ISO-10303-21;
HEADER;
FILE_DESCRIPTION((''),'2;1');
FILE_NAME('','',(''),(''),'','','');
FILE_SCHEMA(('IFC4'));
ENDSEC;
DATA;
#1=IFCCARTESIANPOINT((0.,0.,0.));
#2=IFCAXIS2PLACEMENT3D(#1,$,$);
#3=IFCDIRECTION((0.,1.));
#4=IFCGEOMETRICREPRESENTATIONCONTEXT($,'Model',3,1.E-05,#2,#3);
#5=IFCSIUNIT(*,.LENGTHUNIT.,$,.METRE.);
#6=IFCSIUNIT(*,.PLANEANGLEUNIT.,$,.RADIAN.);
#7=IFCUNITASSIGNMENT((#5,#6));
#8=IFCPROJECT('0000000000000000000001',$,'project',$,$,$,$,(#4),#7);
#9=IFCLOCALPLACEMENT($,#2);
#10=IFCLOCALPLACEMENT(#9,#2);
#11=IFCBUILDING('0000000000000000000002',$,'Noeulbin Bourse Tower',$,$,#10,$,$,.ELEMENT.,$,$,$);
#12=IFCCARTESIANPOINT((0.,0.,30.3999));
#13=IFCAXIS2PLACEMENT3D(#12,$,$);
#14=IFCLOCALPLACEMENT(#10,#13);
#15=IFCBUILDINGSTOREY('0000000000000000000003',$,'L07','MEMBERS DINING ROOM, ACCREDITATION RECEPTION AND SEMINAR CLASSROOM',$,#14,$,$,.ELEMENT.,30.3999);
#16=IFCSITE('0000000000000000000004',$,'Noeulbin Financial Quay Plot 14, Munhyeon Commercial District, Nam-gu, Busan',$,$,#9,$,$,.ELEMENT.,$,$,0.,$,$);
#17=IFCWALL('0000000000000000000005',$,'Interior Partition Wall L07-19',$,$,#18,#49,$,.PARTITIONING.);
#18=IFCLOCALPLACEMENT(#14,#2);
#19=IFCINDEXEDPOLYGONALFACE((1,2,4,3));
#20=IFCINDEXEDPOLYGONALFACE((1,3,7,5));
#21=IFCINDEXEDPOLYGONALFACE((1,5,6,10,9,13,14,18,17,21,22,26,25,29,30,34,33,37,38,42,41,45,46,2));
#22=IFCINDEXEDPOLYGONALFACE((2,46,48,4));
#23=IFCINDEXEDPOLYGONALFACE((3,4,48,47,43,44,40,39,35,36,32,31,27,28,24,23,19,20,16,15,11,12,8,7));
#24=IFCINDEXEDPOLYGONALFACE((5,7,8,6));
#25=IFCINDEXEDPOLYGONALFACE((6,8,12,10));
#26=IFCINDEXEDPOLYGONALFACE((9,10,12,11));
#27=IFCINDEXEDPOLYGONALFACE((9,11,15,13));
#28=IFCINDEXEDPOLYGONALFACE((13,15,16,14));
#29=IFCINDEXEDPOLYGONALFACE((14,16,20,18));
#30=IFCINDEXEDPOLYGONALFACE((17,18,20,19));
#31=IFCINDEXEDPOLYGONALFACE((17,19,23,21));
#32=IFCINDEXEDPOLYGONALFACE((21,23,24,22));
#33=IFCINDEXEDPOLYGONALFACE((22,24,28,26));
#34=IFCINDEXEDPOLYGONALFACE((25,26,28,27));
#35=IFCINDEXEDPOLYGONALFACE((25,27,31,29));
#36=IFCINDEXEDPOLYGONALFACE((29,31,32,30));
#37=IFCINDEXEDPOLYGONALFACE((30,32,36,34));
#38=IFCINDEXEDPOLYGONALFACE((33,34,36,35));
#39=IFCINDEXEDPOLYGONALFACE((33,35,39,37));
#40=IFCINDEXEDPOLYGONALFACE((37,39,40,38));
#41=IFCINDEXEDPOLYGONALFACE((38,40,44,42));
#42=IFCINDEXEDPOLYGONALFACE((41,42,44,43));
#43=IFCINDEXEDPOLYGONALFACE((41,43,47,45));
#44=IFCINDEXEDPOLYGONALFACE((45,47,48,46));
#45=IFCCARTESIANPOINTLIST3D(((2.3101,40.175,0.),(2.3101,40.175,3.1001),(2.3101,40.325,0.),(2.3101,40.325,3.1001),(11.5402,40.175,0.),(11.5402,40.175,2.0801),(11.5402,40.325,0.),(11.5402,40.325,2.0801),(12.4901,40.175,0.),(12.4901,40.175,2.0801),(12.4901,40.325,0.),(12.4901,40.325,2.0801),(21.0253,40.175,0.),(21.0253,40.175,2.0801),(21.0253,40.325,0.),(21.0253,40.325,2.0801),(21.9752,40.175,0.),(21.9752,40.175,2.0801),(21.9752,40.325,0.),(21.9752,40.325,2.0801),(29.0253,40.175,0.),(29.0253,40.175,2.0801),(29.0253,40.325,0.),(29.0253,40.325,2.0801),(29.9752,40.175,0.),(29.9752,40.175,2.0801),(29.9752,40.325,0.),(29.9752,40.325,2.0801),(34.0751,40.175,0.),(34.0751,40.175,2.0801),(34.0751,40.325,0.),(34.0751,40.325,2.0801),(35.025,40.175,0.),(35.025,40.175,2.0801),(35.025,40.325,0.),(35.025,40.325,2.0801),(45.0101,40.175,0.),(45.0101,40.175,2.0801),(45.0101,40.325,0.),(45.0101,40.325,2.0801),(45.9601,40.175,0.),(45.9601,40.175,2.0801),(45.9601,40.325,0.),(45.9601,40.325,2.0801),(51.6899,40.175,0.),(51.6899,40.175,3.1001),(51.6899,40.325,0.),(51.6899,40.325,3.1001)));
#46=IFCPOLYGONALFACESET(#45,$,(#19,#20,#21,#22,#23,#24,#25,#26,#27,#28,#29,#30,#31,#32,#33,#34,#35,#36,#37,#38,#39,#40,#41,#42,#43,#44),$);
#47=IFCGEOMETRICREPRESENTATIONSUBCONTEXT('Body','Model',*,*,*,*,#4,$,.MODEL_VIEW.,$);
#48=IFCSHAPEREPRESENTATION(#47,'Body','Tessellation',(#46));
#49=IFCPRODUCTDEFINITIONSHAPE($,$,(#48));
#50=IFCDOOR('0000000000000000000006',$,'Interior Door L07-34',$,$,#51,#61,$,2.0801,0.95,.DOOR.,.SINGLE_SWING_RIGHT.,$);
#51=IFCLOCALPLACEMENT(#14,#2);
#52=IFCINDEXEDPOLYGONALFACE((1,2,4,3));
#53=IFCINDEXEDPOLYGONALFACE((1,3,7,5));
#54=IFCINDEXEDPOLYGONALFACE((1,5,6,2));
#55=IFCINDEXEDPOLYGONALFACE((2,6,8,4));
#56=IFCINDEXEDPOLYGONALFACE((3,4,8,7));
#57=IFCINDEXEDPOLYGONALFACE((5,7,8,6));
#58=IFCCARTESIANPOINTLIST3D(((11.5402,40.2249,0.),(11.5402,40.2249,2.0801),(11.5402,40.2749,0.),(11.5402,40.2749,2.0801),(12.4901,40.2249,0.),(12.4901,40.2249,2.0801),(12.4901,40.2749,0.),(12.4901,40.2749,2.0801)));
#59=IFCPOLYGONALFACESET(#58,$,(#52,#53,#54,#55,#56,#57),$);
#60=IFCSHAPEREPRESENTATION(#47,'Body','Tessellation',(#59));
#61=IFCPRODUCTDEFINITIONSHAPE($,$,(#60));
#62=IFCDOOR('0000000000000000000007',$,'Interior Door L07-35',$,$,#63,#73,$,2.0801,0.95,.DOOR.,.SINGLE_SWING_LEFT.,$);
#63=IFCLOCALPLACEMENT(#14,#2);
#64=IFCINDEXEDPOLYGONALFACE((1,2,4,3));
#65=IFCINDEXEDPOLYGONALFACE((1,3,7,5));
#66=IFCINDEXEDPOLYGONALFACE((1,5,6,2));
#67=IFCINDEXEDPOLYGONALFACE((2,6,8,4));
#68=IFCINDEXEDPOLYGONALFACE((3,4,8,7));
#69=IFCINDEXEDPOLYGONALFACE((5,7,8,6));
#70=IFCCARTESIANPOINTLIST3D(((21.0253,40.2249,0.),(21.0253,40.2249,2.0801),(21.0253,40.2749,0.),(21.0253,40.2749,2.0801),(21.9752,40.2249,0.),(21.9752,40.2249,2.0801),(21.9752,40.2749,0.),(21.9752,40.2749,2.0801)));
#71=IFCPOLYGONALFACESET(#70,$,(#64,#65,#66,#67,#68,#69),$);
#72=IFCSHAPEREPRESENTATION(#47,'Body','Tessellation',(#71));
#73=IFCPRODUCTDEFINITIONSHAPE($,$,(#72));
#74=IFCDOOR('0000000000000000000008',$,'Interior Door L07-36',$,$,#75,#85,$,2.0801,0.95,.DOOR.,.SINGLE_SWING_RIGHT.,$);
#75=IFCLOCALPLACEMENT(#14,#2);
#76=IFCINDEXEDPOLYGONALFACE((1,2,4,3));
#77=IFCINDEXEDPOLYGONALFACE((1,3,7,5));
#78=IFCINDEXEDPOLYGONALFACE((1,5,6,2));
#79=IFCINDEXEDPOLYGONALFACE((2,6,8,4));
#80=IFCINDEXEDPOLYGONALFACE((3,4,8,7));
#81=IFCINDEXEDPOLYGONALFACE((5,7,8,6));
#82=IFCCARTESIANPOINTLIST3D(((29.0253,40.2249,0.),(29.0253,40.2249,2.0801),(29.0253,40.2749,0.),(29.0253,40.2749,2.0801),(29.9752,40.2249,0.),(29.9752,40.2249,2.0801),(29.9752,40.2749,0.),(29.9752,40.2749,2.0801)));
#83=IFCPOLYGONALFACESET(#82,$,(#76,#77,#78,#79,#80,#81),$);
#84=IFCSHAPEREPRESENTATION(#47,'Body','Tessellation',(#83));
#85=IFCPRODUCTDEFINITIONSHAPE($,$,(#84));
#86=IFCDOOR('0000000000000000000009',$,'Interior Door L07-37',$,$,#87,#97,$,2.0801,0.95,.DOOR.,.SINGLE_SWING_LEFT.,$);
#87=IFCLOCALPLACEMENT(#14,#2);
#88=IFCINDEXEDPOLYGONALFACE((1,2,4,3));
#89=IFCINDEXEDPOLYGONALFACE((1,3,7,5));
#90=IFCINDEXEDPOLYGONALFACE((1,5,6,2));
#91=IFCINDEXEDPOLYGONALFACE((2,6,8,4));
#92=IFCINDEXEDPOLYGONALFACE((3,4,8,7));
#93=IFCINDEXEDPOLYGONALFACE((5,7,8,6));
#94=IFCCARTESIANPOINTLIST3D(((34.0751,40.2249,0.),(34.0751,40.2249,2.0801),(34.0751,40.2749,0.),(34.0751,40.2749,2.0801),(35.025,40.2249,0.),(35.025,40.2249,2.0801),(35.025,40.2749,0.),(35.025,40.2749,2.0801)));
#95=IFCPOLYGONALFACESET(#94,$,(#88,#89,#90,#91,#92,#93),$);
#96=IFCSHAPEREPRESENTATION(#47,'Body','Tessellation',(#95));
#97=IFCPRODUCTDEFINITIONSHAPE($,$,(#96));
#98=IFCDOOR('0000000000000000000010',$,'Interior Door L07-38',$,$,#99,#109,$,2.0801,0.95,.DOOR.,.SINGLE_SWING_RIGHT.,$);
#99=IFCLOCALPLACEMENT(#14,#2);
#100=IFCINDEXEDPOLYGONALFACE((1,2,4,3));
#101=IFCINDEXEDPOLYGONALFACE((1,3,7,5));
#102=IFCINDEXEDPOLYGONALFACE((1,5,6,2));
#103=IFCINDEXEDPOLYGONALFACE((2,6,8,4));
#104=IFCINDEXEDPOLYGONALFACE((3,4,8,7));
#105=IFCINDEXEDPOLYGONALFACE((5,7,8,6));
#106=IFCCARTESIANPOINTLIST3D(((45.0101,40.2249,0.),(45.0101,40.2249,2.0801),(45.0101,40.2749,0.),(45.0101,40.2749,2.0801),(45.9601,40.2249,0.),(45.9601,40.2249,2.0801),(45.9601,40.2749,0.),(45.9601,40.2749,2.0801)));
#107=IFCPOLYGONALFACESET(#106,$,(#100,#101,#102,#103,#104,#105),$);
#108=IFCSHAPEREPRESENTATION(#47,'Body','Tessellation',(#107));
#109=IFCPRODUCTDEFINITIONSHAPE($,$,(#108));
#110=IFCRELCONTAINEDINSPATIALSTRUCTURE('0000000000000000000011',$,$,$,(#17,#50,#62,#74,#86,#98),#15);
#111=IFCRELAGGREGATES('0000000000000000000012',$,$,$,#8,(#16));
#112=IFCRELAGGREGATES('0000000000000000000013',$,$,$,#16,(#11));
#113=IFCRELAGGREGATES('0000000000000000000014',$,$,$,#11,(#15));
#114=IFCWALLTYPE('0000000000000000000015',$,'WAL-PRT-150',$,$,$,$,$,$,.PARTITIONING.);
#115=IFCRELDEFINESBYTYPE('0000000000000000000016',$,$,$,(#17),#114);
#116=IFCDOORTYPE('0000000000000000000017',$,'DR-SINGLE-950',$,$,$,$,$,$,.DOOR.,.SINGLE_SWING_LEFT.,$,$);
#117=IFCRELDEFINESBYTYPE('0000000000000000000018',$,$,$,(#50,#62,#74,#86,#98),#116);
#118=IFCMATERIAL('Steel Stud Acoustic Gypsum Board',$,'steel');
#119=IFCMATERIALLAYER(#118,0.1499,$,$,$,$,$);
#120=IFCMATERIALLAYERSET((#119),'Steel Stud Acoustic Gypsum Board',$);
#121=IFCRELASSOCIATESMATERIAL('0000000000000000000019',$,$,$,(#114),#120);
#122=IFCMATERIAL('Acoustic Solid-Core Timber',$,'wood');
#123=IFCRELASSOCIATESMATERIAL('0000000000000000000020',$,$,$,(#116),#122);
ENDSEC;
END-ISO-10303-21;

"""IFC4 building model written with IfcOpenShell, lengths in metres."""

from ifc_helpers import new_model, si_unit, direction, frame, frame_2d, origin, place, context, subcontext, project, spatial, rectangle, extrude, material, layer, layer_set, type_object, element, fill, save


model = new_model("IFC4")

# Units and contexts
model_context = context("Model", 3, precision=1e-05, world=origin(), true_north=direction((0.0, 1.0)))
body_context = subcontext(model_context, "Body", "Model", "MODEL_VIEW")
ifc_project = project(units=[si_unit("LENGTHUNIT", "METRE"), si_unit("PLANEANGLEUNIT", "RADIAN")], contexts=[model_context])

# Site, building, storey
site_placement = place(None, origin())
site = spatial("IfcSite", under=ifc_project, at=site_placement, Name="Noeulbin Financial Quay Plot 14, Munhyeon Commercial District, Nam-gu, Busan", CompositionType="ELEMENT", RefElevation=0.0)
building_placement = place(site_placement, origin())
building = spatial("IfcBuilding", under=site, at=building_placement, Name="Noeulbin Bourse Tower", CompositionType="ELEMENT")
storey_placement = place(building_placement, frame((0.0, 0.0, 30.3999)))
storey = spatial("IfcBuildingStorey", under=building, at=storey_placement, Name="L07", Description="MEMBERS DINING ROOM, ACCREDITATION RECEPTION AND SEMINAR CLASSROOM", CompositionType="ELEMENT", Elevation=30.3999)

# Wall, openings, doors
ifc_material_1 = material(Name="Steel Stud Acoustic Gypsum Board", Category="steel")
ifc_layer_1 = layer(ifc_material_1, 0.1499)
ifc_layer_set_1 = layer_set([ifc_layer_1], Name="Steel Stud Acoustic Gypsum Board")
wall_type_1 = type_object("IfcWallType", Name="WAL-PRT-150", PredefinedType="PARTITIONING", material=ifc_layer_set_1)
wall_1_placement = place(storey_placement, frame((2.3101, 40.25, 0.0), z_axis=(0.0, 0.0, 1.0), x_axis=(1.0, 0.0, 0.0)))
wall_1 = element("IfcWall", 1, at=wall_1_placement, inside=storey, type_object=wall_type_1, Name="Interior Partition Wall L07-19", PredefinedType="PARTITIONING", context=body_context, shape_type="SweptSolid", body=[
    extrude(rectangle(XDim=49.3799, YDim=0.1499, at=frame_2d((24.6899, 0.0))), origin(), (0.0, 0.0, 1.0), 3.1001),
])
opening_1_placement = place(wall_1_placement, frame((9.23, 0.0, 0.0)))
opening_1 = element("IfcOpeningElement", 2, at=opening_1_placement, cuts=wall_1, PredefinedType="OPENING", context=body_context, shape_type="SweptSolid", body=[
    extrude(rectangle(XDim=0.95, YDim=2.0801, at=frame_2d((0.4751, 1.04))), frame((0.0, 0.085, 0.0), z_axis=(0.0, -1.0, 0.0), x_axis=(1.0, 0.0, 0.0)), (0.0, 0.0, 1.0), 0.1699),
])
opening_2_placement = place(wall_1_placement, frame((18.7151, 0.0, 0.0)))
opening_2 = element("IfcOpeningElement", 3, at=opening_2_placement, cuts=wall_1, PredefinedType="OPENING", context=body_context, shape_type="SweptSolid", body=[
    extrude(rectangle(XDim=0.95, YDim=2.0801, at=frame_2d((0.4751, 1.04))), frame((0.0, 0.085, 0.0), z_axis=(0.0, -1.0, 0.0), x_axis=(1.0, 0.0, 0.0)), (0.0, 0.0, 1.0), 0.1699),
])
opening_3_placement = place(wall_1_placement, frame((26.7151, 0.0, 0.0)))
opening_3 = element("IfcOpeningElement", 4, at=opening_3_placement, cuts=wall_1, PredefinedType="OPENING", context=body_context, shape_type="SweptSolid", body=[
    extrude(rectangle(XDim=0.95, YDim=2.0801, at=frame_2d((0.4751, 1.04))), frame((0.0, 0.085, 0.0), z_axis=(0.0, -1.0, 0.0), x_axis=(1.0, 0.0, 0.0)), (0.0, 0.0, 1.0), 0.1699),
])
opening_4_placement = place(wall_1_placement, frame((31.7649, 0.0, 0.0)))
opening_4 = element("IfcOpeningElement", 5, at=opening_4_placement, cuts=wall_1, PredefinedType="OPENING", context=body_context, shape_type="SweptSolid", body=[
    extrude(rectangle(XDim=0.95, YDim=2.0801, at=frame_2d((0.4751, 1.04))), frame((0.0, 0.085, 0.0), z_axis=(0.0, -1.0, 0.0), x_axis=(1.0, 0.0, 0.0)), (0.0, 0.0, 1.0), 0.1699),
])
opening_5_placement = place(wall_1_placement, frame((42.7, 0.0, 0.0)))
opening_5 = element("IfcOpeningElement", 6, at=opening_5_placement, cuts=wall_1, PredefinedType="OPENING", context=body_context, shape_type="SweptSolid", body=[
    extrude(rectangle(XDim=0.95, YDim=2.0801, at=frame_2d((0.4751, 1.04))), frame((0.0, 0.085, 0.0), z_axis=(0.0, -1.0, 0.0), x_axis=(1.0, 0.0, 0.0)), (0.0, 0.0, 1.0), 0.1699),
])
ifc_material_2 = material(Name="Acoustic Solid-Core Timber", Category="wood")
door_type = type_object("IfcDoorType", Name="DR-SINGLE-950", OperationType="SINGLE_SWING_LEFT", PredefinedType="DOOR", material=ifc_material_2)
door_1_placement = place(opening_1_placement, origin())
door_1 = element("IfcDoor", 7, at=door_1_placement, inside=storey, type_object=door_type, Name="Interior Door L07-34", OperationType="SINGLE_SWING_RIGHT", OverallHeight=2.0801, OverallWidth=0.95, PredefinedType="DOOR", context=body_context, shape_type="SweptSolid", body=[
    extrude(rectangle(XDim=0.95, YDim=2.0801, at=frame_2d((0.4751, 1.04))), frame((0.0, 0.0249, 0.0), z_axis=(0.0, -1.0, 0.0), x_axis=(1.0, 0.0, 0.0)), (0.0, 0.0, 1.0), 0.05),
])
fill(opening_1, door_1)
door_2_placement = place(opening_2_placement, origin())
door_2 = element("IfcDoor", 8, at=door_2_placement, inside=storey, type_object=door_type, Name="Interior Door L07-35", OperationType="SINGLE_SWING_LEFT", OverallHeight=2.0801, OverallWidth=0.95, PredefinedType="DOOR", context=body_context, shape_type="SweptSolid", body=[
    extrude(rectangle(XDim=0.95, YDim=2.0801, at=frame_2d((0.4751, 1.04))), frame((0.0, 0.0249, 0.0), z_axis=(0.0, -1.0, 0.0), x_axis=(1.0, 0.0, 0.0)), (0.0, 0.0, 1.0), 0.05),
])
fill(opening_2, door_2)
door_3_placement = place(opening_3_placement, origin())
door_3 = element("IfcDoor", 9, at=door_3_placement, inside=storey, type_object=door_type, Name="Interior Door L07-36", OperationType="SINGLE_SWING_RIGHT", OverallHeight=2.0801, OverallWidth=0.95, PredefinedType="DOOR", context=body_context, shape_type="SweptSolid", body=[
    extrude(rectangle(XDim=0.95, YDim=2.0801, at=frame_2d((0.4751, 1.04))), frame((0.0, 0.0249, 0.0), z_axis=(0.0, -1.0, 0.0), x_axis=(1.0, 0.0, 0.0)), (0.0, 0.0, 1.0), 0.05),
])
fill(opening_3, door_3)
door_4_placement = place(opening_4_placement, origin())
door_4 = element("IfcDoor", 10, at=door_4_placement, inside=storey, type_object=door_type, Name="Interior Door L07-37", OperationType="SINGLE_SWING_LEFT", OverallHeight=2.0801, OverallWidth=0.95, PredefinedType="DOOR", context=body_context, shape_type="SweptSolid", body=[
    extrude(rectangle(XDim=0.95, YDim=2.0801, at=frame_2d((0.4751, 1.04))), frame((0.0, 0.0249, 0.0), z_axis=(0.0, -1.0, 0.0), x_axis=(1.0, 0.0, 0.0)), (0.0, 0.0, 1.0), 0.05),
])
fill(opening_4, door_4)
door_5_placement = place(opening_5_placement, origin())
door_5 = element("IfcDoor", 11, at=door_5_placement, inside=storey, type_object=door_type, Name="Interior Door L07-38", OperationType="SINGLE_SWING_RIGHT", OverallHeight=2.0801, OverallWidth=0.95, PredefinedType="DOOR", context=body_context, shape_type="SweptSolid", body=[
    extrude(rectangle(XDim=0.95, YDim=2.0801, at=frame_2d((0.4751, 1.04))), frame((0.0, 0.0249, 0.0), z_axis=(0.0, -1.0, 0.0), x_axis=(1.0, 0.0, 0.0)), (0.0, 0.0, 1.0), 0.05),
])
fill(opening_5, door_5)

save(model, "model.ifc")
